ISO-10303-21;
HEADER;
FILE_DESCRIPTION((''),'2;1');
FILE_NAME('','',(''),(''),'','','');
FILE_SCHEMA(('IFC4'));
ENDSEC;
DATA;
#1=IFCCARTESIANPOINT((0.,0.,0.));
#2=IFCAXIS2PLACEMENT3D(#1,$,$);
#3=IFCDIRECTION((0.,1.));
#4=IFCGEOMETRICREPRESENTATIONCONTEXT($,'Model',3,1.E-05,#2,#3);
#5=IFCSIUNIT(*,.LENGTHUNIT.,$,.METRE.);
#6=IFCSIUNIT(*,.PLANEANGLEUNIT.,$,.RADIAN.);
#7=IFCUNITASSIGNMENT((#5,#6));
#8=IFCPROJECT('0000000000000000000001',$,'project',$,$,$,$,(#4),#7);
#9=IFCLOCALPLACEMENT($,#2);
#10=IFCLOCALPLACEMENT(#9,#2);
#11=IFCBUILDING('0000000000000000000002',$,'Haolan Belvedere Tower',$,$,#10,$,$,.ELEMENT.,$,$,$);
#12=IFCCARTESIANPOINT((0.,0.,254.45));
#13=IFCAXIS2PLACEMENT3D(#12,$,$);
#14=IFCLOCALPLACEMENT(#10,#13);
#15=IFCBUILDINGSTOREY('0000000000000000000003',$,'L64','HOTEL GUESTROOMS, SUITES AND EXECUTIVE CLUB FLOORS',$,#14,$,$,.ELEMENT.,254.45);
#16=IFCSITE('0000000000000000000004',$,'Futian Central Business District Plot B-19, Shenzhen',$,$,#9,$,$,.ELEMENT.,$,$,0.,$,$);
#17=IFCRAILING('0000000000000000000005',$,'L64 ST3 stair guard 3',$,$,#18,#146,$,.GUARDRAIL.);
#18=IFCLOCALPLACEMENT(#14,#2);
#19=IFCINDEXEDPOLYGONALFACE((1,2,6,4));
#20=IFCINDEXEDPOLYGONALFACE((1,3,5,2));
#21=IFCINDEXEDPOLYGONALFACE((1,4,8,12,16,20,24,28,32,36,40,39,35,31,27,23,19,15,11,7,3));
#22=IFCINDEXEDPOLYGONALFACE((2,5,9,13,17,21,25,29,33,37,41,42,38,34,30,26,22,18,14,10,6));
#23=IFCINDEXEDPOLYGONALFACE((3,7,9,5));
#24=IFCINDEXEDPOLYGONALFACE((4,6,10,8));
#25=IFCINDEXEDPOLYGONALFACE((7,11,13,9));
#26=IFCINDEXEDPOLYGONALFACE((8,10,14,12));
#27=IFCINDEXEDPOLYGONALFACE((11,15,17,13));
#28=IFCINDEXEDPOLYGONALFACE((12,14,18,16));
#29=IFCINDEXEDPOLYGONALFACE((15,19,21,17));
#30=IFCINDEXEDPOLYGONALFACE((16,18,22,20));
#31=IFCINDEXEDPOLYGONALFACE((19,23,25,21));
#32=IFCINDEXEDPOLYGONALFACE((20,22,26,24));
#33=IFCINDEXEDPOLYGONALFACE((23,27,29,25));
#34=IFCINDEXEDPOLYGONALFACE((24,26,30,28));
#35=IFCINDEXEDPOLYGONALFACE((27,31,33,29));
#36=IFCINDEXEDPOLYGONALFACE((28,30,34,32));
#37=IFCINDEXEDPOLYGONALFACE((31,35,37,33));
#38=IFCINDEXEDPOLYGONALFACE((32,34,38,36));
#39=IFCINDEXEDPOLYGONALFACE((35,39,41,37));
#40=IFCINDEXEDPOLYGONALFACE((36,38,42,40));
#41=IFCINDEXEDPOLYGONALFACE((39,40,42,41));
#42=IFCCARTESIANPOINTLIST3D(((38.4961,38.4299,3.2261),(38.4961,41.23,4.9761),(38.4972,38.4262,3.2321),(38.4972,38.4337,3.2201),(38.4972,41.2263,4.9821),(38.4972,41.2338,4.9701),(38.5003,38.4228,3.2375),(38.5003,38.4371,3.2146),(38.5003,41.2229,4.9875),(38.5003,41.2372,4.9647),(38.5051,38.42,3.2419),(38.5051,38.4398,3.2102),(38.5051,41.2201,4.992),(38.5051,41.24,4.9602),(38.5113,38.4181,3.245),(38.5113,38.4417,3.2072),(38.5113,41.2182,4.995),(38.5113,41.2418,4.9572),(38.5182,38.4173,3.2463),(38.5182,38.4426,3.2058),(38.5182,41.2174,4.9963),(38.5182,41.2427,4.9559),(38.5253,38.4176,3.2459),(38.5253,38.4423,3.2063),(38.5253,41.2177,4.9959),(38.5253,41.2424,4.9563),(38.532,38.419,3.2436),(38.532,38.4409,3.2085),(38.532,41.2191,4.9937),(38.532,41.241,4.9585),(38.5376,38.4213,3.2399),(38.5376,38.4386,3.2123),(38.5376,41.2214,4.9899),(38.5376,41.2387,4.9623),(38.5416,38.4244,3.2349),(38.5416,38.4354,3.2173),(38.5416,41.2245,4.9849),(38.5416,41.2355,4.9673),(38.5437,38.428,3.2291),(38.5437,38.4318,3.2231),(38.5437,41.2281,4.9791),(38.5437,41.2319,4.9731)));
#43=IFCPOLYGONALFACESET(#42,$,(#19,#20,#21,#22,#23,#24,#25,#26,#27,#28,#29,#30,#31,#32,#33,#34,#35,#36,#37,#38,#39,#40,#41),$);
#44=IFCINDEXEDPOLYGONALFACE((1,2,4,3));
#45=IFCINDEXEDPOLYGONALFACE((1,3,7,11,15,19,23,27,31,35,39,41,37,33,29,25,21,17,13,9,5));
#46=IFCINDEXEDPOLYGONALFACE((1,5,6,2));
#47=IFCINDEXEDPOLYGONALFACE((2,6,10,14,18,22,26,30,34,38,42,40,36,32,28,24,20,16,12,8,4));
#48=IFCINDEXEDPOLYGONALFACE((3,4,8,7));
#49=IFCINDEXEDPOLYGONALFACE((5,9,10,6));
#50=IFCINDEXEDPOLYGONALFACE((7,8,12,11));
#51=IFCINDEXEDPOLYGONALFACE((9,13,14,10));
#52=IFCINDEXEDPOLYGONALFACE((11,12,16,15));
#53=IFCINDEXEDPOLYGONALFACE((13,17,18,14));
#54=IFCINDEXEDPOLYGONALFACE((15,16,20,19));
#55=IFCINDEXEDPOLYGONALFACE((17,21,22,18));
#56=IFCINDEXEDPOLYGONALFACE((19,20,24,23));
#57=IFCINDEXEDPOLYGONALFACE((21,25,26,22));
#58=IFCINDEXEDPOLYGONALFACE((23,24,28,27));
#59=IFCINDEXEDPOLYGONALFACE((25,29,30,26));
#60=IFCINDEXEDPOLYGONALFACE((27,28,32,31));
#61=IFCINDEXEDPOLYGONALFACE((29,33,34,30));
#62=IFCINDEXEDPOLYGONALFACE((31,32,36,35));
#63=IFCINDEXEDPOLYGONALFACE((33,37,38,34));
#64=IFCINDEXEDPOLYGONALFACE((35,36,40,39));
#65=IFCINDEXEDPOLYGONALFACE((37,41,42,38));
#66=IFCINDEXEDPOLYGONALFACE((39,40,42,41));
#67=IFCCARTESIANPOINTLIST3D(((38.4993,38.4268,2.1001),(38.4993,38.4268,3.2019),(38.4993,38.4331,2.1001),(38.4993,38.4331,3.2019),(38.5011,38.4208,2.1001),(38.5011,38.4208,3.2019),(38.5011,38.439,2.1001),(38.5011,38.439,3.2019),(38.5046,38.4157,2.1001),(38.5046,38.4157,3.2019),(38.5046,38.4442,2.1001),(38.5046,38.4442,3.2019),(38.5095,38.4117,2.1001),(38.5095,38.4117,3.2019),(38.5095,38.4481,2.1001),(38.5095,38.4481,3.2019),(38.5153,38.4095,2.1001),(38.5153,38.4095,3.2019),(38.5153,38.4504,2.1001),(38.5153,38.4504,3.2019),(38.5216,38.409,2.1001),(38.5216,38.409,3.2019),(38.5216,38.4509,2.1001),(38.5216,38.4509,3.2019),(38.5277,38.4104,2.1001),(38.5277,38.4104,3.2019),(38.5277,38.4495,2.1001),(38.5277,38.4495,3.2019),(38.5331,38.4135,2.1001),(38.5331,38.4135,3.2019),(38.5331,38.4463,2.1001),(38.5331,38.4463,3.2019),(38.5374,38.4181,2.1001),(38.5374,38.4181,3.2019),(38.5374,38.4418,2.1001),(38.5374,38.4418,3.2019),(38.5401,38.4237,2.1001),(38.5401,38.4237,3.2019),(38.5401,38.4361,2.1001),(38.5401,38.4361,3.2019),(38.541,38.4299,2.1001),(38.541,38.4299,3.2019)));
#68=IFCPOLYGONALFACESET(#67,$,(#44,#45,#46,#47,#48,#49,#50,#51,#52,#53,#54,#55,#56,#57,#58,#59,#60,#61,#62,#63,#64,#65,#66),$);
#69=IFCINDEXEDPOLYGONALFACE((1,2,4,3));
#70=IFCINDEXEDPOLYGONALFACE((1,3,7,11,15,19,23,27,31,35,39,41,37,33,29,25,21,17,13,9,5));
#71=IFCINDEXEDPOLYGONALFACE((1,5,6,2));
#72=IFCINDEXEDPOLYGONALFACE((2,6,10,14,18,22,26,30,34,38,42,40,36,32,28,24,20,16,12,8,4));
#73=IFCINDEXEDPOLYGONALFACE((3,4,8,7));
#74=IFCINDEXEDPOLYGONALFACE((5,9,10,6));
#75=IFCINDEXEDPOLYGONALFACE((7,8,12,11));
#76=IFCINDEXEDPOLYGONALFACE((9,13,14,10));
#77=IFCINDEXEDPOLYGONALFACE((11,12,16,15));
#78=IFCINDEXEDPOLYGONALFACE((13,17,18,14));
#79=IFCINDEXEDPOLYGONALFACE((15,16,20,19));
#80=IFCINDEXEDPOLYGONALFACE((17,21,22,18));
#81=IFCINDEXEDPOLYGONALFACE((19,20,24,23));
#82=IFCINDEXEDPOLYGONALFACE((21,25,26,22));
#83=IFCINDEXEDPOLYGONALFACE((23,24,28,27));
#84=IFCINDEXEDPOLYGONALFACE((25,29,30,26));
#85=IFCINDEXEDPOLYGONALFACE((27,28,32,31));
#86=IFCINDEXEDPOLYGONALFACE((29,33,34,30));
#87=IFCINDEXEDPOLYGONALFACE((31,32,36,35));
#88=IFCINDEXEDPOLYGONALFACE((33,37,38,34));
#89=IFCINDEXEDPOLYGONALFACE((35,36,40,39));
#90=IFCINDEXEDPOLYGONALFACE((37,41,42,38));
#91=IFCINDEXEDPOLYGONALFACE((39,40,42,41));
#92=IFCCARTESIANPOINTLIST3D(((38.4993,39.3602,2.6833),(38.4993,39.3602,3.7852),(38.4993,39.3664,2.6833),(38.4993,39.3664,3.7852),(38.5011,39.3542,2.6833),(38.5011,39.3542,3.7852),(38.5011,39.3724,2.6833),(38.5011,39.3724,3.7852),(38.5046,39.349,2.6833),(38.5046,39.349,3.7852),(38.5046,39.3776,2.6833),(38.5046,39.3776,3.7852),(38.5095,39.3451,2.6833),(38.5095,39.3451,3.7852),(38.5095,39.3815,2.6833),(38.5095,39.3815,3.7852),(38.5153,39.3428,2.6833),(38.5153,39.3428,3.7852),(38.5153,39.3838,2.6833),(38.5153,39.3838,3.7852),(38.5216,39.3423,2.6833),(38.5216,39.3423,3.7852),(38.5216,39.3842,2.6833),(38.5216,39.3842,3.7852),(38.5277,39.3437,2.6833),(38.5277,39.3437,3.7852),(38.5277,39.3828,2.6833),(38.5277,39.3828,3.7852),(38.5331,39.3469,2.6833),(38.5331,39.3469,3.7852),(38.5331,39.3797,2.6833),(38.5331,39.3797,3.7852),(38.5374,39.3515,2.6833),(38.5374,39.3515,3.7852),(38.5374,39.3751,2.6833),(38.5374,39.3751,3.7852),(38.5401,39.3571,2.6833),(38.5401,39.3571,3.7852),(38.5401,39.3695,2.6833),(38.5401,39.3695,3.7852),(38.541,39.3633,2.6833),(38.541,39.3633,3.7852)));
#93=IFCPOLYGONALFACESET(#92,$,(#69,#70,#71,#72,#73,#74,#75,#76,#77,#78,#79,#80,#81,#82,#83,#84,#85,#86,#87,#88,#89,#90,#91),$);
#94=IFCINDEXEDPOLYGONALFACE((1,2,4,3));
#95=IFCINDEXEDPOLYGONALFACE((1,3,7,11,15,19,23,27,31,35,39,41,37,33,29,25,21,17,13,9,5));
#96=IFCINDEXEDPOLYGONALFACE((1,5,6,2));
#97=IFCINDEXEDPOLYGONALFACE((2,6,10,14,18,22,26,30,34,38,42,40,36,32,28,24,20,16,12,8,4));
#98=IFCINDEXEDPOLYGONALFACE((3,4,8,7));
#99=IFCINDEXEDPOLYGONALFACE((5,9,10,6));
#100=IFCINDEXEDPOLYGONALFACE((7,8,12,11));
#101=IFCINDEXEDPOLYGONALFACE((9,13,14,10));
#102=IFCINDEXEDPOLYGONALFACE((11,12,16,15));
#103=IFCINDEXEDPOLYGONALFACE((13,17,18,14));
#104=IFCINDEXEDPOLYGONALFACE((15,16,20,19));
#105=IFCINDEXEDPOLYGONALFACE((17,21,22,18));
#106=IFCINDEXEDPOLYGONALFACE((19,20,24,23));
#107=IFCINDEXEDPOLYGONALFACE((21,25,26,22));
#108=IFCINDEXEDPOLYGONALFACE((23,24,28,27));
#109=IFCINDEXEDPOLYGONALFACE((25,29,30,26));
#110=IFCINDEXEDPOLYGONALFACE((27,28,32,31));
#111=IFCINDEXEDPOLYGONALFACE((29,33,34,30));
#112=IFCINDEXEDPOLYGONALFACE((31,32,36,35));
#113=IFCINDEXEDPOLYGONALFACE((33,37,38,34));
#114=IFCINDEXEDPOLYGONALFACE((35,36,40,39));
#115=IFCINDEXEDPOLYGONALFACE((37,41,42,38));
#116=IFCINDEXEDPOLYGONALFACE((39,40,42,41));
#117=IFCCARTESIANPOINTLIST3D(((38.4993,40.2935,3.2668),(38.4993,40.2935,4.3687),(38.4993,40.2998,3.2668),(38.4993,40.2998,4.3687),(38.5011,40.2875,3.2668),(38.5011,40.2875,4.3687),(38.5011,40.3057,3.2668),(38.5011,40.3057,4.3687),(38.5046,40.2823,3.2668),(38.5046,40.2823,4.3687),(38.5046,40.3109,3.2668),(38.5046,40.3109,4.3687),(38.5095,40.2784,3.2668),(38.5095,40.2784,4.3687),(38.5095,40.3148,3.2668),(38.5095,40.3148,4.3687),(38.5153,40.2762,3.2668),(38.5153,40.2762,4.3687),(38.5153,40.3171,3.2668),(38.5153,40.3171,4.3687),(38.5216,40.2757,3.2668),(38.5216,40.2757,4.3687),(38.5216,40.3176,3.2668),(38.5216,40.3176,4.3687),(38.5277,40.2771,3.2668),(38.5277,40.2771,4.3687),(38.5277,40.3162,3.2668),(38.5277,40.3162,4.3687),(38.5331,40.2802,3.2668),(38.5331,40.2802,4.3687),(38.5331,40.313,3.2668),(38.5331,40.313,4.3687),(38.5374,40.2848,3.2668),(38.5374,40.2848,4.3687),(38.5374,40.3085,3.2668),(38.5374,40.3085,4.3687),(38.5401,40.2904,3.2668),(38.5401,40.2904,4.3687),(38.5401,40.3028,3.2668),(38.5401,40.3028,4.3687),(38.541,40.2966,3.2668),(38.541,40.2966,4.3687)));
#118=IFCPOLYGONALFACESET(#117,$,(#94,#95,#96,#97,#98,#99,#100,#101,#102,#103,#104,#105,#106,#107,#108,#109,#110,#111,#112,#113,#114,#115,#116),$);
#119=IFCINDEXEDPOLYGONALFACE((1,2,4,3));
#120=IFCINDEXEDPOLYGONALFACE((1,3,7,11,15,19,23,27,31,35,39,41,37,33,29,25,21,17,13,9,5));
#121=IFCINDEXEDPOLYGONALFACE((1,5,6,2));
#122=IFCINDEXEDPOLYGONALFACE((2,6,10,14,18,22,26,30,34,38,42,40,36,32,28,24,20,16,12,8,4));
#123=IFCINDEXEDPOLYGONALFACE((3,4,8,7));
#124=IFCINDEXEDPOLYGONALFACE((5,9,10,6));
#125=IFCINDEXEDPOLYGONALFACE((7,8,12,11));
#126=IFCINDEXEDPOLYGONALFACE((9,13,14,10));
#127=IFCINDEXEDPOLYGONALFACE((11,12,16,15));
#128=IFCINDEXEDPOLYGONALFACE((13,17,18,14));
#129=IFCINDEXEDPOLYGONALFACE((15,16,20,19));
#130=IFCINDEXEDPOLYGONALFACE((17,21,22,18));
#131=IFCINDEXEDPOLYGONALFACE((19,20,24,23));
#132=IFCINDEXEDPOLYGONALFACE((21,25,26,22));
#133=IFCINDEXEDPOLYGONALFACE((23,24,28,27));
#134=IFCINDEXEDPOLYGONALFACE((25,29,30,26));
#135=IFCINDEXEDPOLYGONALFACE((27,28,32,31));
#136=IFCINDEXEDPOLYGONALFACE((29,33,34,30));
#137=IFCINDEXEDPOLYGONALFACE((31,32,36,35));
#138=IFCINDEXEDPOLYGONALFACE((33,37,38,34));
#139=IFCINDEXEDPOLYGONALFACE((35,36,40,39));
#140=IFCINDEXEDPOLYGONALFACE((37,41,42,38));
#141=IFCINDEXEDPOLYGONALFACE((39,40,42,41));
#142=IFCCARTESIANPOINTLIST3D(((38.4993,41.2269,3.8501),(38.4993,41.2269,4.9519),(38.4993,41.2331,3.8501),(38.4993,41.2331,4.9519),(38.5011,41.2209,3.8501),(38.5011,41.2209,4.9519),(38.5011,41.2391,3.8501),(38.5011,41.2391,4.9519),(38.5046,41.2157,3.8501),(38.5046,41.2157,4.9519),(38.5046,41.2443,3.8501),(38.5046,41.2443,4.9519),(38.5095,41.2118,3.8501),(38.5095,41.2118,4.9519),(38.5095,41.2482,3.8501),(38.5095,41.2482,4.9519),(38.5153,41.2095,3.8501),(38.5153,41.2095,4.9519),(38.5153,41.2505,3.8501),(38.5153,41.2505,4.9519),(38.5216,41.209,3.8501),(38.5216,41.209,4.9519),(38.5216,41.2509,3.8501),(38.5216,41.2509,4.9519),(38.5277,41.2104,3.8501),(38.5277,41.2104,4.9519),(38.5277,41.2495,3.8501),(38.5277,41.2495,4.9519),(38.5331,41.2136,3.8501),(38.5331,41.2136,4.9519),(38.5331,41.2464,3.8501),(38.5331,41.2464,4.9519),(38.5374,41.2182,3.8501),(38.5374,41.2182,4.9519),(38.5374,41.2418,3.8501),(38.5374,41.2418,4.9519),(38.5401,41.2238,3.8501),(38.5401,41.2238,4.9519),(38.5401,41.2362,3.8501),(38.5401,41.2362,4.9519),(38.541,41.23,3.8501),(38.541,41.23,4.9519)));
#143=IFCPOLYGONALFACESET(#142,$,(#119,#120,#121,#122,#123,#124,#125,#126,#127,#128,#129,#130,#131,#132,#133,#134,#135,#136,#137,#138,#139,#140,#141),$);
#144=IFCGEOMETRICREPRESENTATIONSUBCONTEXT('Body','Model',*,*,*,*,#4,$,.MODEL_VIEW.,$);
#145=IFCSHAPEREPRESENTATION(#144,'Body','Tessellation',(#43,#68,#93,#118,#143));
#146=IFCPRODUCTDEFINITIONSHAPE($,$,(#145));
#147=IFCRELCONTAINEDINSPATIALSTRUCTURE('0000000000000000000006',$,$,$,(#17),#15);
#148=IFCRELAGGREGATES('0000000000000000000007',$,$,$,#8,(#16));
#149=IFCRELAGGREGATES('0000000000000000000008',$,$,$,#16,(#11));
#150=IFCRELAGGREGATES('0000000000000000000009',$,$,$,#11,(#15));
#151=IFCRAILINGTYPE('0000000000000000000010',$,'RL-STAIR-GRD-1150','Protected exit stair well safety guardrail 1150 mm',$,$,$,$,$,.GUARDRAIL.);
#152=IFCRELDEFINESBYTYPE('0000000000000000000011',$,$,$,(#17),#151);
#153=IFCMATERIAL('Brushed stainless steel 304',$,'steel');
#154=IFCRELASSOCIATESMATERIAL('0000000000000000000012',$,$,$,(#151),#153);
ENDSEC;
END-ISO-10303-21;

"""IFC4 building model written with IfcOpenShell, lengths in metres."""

from ifc_helpers import new_model, si_unit, direction, frame, origin, origin_2d, place, context, subcontext, project, spatial, circle, extrude, material, type_object, element, save


model = new_model("IFC4")

# Units and contexts
model_context = context("Model", 3, precision=1e-05, world=origin(), true_north=direction((0.0, 1.0)))
body_context = subcontext(model_context, "Body", "Model", "MODEL_VIEW")
ifc_project = project(units=[si_unit("LENGTHUNIT", "METRE"), si_unit("PLANEANGLEUNIT", "RADIAN")], contexts=[model_context])

# Site, building, storey
site_placement = place(None, origin())
site = spatial("IfcSite", under=ifc_project, at=site_placement, Name="Futian Central Business District Plot B-19, Shenzhen", CompositionType="ELEMENT", RefElevation=0.0)
building_placement = place(site_placement, origin())
building = spatial("IfcBuilding", under=site, at=building_placement, Name="Haolan Belvedere Tower", CompositionType="ELEMENT")
storey_placement = place(building_placement, frame((0.0, 0.0, 254.45)))
storey = spatial("IfcBuildingStorey", under=building, at=storey_placement, Name="L64", Description="HOTEL GUESTROOMS, SUITES AND EXECUTIVE CLUB FLOORS", CompositionType="ELEMENT", Elevation=254.45)

# Railing
ifc_material_1 = material(Name="Brushed stainless steel 304", Category="steel")
railing_type_1 = type_object("IfcRailingType", Name="RL-STAIR-GRD-1150", Description="Protected exit stair well safety guardrail 1150 mm", PredefinedType="GUARDRAIL", material=ifc_material_1)
railing_1_placement = place(storey_placement, frame((38.52, 38.4299, 2.1001)))
element("IfcRailing", 1, at=railing_1_placement, inside=storey, type_object=railing_type_1, Name="L64 ST3 stair guard 3", PredefinedType="GUARDRAIL", context=body_context, shape_type="SweptSolid", body=[
    extrude(circle(Radius=0.0239, at=origin_2d()), frame((0.0, 0.0, 1.126), z_axis=(0.0, 0.848002, 0.529992), x_axis=(-1.0, 0.0, 0.0)), (0.0, 0.0, 1.0), 3.302),
    extrude(circle(Radius=0.021, at=origin_2d()), origin(), (0.0, 0.0, 1.0), 1.1018),
    extrude(circle(Radius=0.021, at=origin_2d()), frame((0.0, 0.9333, 0.5833)), (0.0, 0.0, 1.0), 1.1018),
    extrude(circle(Radius=0.021, at=origin_2d()), frame((0.0, 1.8667, 1.1667)), (0.0, 0.0, 1.0), 1.1018),
    extrude(circle(Radius=0.021, at=origin_2d()), frame((0.0, 2.8, 1.75)), (0.0, 0.0, 1.0), 1.1018),
])

save(model, "model.ifc")
